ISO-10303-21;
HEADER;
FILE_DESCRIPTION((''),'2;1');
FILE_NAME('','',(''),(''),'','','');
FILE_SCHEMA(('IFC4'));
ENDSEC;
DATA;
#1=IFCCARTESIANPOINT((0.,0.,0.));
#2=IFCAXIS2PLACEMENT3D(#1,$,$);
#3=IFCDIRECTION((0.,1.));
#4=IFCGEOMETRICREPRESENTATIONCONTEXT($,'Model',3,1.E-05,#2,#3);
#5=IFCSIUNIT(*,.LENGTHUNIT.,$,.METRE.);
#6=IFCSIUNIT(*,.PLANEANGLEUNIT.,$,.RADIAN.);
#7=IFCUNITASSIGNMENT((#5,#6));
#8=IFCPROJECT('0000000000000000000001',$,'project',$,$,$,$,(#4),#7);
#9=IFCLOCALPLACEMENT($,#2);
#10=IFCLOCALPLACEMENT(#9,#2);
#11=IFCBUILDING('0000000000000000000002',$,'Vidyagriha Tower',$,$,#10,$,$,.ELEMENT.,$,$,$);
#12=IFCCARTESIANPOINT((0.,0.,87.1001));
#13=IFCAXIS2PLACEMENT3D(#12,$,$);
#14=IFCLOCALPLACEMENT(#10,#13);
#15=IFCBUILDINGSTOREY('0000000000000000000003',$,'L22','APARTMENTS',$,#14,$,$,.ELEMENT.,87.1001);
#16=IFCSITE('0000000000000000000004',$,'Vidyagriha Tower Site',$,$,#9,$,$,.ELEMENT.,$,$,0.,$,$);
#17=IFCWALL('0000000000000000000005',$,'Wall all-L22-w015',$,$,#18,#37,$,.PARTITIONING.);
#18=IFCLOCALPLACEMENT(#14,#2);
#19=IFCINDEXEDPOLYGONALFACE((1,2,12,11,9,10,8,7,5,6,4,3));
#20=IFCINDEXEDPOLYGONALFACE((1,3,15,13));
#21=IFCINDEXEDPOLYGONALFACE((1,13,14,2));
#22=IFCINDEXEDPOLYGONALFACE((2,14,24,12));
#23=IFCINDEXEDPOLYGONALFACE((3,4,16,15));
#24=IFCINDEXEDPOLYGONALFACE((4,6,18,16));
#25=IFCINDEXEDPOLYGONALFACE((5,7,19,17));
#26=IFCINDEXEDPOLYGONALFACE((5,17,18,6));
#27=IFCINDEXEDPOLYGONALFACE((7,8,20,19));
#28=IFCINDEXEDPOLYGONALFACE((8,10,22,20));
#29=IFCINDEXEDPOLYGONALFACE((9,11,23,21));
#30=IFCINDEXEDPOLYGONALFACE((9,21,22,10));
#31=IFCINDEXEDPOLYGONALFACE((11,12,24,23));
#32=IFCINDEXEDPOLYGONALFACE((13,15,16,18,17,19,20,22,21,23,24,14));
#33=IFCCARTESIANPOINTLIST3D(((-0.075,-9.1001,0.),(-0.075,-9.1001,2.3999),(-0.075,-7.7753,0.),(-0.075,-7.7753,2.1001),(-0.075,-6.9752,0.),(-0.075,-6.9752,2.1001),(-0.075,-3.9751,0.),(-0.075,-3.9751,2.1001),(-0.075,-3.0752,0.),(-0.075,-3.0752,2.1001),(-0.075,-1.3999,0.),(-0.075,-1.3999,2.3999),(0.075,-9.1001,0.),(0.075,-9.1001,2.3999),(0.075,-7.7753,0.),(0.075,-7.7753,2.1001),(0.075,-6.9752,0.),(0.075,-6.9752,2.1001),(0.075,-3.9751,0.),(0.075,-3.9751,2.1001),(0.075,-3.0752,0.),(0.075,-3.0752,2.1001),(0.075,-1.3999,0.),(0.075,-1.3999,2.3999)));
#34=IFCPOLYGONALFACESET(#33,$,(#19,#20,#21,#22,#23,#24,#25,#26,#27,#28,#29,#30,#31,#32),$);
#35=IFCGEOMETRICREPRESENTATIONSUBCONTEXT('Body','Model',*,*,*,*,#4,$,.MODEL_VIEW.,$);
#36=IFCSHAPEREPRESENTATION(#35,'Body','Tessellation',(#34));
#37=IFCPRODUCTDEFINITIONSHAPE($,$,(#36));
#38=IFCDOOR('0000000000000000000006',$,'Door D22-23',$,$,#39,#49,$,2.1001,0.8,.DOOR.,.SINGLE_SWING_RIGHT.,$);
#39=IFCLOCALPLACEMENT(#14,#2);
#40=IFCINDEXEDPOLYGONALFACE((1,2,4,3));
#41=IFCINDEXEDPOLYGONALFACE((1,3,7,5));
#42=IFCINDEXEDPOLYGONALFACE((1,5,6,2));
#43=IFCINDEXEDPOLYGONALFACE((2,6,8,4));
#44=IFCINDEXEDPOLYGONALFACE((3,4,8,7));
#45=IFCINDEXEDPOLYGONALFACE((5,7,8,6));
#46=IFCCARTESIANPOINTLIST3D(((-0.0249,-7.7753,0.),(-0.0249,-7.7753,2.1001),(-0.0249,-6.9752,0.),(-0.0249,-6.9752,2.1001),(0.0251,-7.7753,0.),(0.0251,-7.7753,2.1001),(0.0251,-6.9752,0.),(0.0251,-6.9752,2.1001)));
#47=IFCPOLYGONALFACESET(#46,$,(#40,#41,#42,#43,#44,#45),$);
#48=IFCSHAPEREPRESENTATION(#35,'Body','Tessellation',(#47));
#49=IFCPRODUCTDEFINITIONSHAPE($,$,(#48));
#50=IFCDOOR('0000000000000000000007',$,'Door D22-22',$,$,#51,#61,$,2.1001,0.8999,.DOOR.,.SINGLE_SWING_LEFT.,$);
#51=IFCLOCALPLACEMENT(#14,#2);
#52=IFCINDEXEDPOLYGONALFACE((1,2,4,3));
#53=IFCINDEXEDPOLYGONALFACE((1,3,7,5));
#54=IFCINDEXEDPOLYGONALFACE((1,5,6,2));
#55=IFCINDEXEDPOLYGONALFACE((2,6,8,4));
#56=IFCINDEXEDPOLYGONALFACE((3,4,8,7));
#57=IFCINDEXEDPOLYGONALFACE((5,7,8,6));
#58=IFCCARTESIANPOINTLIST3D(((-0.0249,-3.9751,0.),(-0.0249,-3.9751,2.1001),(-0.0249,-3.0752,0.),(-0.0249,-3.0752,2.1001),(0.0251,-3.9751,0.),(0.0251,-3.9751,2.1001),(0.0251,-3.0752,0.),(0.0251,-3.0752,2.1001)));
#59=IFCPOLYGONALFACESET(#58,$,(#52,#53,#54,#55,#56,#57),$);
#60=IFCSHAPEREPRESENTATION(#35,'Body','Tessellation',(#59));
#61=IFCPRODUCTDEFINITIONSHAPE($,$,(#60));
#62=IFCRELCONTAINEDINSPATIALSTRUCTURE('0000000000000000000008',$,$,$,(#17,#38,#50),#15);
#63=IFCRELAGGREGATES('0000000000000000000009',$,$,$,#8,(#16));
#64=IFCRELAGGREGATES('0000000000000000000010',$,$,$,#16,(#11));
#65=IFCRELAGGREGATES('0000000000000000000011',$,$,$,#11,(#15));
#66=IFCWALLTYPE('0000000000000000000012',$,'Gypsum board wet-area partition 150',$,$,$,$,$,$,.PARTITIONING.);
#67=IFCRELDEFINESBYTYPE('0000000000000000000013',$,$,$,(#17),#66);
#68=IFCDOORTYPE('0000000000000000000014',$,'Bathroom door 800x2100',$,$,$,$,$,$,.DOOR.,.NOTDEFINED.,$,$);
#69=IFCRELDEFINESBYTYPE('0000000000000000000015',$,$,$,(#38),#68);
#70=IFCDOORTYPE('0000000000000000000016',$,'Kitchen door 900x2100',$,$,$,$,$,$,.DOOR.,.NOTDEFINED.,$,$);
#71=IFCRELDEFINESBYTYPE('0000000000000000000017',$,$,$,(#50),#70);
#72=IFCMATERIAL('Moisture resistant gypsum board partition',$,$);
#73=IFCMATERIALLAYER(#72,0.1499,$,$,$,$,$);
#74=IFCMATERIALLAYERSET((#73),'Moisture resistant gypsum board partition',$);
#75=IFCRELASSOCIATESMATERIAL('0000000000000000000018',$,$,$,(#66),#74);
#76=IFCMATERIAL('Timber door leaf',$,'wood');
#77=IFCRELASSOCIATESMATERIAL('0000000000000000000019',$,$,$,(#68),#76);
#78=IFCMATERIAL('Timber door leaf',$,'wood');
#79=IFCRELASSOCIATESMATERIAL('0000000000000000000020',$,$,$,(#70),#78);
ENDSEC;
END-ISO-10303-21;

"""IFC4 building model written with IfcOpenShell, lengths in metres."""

from ifc_helpers import new_model, si_unit, direction, frame, frame_2d, origin, place, context, subcontext, project, spatial, rectangle, extrude, material, layer, layer_set, type_object, element, fill, save


model = new_model("IFC4")

# Units and contexts
model_context = context("Model", 3, precision=1e-05, world=origin(), true_north=direction((0.0, 1.0)))
body_context = subcontext(model_context, "Body", "Model", "MODEL_VIEW")
ifc_project = project(units=[si_unit("LENGTHUNIT", "METRE"), si_unit("PLANEANGLEUNIT", "RADIAN")], contexts=[model_context])

# Site, building, storey
site_placement = place(None, origin())
site = spatial("IfcSite", under=ifc_project, at=site_placement, Name="Vidyagriha Tower Site", CompositionType="ELEMENT", RefElevation=0.0)
building_placement = place(site_placement, origin())
building = spatial("IfcBuilding", under=site, at=building_placement, Name="Vidyagriha Tower", CompositionType="ELEMENT")
storey_placement = place(building_placement, frame((0.0, 0.0, 87.1001)))
storey = spatial("IfcBuildingStorey", under=building, at=storey_placement, Name="L22", Description="APARTMENTS", CompositionType="ELEMENT", Elevation=87.1001)

# Wall, openings, doors
ifc_material_1 = material(Name="Moisture resistant gypsum board partition")
ifc_layer_1 = layer(ifc_material_1, 0.1499)
ifc_layer_set_1 = layer_set([ifc_layer_1], Name="Moisture resistant gypsum board partition")
wall_type_1 = type_object("IfcWallType", Name="Gypsum board wet-area partition 150", PredefinedType="PARTITIONING", material=ifc_layer_set_1)
ifc_material_2 = material(Name="Timber door leaf", Category="wood")
door_type_1 = type_object("IfcDoorType", Name="Bathroom door 800x2100", OperationType="NOTDEFINED", PredefinedType="DOOR", material=ifc_material_2)
ifc_material_3 = material(Name="Timber door leaf", Category="wood")
door_type_2 = type_object("IfcDoorType", Name="Kitchen door 900x2100", OperationType="NOTDEFINED", PredefinedType="DOOR", material=ifc_material_3)
wall_1_placement = place(storey_placement, frame((0.0, -9.1001, 0.0), z_axis=(0.0, 0.0, 1.0), x_axis=(0.0, 1.0, 0.0)))
wall_1 = element("IfcWall", 1, at=wall_1_placement, inside=storey, type_object=wall_type_1, Name="Wall all-L22-w015", PredefinedType="PARTITIONING", context=body_context, shape_type="SweptSolid", body=[
    extrude(rectangle(XDim=7.7002, YDim=0.1499, at=frame_2d((3.8501, 0.0))), origin(), (0.0, 0.0, 1.0), 2.3999),
])
opening_1_placement = place(wall_1_placement, frame((5.125, 0.0, 0.0)))
opening_1 = element("IfcOpeningElement", 2, at=opening_1_placement, cuts=wall_1, PredefinedType="OPENING", context=body_context, shape_type="SweptSolid", body=[
    extrude(rectangle(XDim=0.8999, YDim=2.1001, at=frame_2d((0.45, 1.05))), frame((0.0, 0.085, 0.0), z_axis=(0.0, -1.0, 0.0), x_axis=(1.0, 0.0, 0.0)), (0.0, 0.0, 1.0), 0.1699),
])
opening_2_placement = place(wall_1_placement, frame((1.325, 0.0, 0.0)))
opening_2 = element("IfcOpeningElement", 3, at=opening_2_placement, cuts=wall_1, PredefinedType="OPENING", context=body_context, shape_type="SweptSolid", body=[
    extrude(rectangle(XDim=0.8, YDim=2.1001, at=frame_2d((0.3999, 1.05))), frame((0.0, 0.085, 0.0), z_axis=(0.0, -1.0, 0.0), x_axis=(1.0, 0.0, 0.0)), (0.0, 0.0, 1.0), 0.1699),
])
door_1_placement = place(opening_2_placement, origin())
door_1 = element("IfcDoor", 4, at=door_1_placement, inside=storey, type_object=door_type_1, Name="Door D22-23", OperationType="SINGLE_SWING_RIGHT", OverallHeight=2.1001, OverallWidth=0.8, PredefinedType="DOOR", context=body_context, shape_type="SweptSolid", body=[
    extrude(rectangle(XDim=0.8, YDim=2.1001, at=frame_2d((0.3999, 1.05))), frame((0.0, 0.0249, 0.0), z_axis=(0.0, -1.0, 0.0), x_axis=(1.0, 0.0, 0.0)), (0.0, 0.0, 1.0), 0.05),
])
fill(opening_2, door_1)
door_2_placement = place(opening_1_placement, origin())
door_2 = element("IfcDoor", 5, at=door_2_placement, inside=storey, type_object=door_type_2, Name="Door D22-22", OperationType="SINGLE_SWING_LEFT", OverallHeight=2.1001, OverallWidth=0.8999, PredefinedType="DOOR", context=body_context, shape_type="SweptSolid", body=[
    extrude(rectangle(XDim=0.8999, YDim=2.1001, at=frame_2d((0.45, 1.05))), frame((0.0, 0.0249, 0.0), z_axis=(0.0, -1.0, 0.0), x_axis=(1.0, 0.0, 0.0)), (0.0, 0.0, 1.0), 0.05),
])
fill(opening_1, door_2)

save(model, "model.ifc")
